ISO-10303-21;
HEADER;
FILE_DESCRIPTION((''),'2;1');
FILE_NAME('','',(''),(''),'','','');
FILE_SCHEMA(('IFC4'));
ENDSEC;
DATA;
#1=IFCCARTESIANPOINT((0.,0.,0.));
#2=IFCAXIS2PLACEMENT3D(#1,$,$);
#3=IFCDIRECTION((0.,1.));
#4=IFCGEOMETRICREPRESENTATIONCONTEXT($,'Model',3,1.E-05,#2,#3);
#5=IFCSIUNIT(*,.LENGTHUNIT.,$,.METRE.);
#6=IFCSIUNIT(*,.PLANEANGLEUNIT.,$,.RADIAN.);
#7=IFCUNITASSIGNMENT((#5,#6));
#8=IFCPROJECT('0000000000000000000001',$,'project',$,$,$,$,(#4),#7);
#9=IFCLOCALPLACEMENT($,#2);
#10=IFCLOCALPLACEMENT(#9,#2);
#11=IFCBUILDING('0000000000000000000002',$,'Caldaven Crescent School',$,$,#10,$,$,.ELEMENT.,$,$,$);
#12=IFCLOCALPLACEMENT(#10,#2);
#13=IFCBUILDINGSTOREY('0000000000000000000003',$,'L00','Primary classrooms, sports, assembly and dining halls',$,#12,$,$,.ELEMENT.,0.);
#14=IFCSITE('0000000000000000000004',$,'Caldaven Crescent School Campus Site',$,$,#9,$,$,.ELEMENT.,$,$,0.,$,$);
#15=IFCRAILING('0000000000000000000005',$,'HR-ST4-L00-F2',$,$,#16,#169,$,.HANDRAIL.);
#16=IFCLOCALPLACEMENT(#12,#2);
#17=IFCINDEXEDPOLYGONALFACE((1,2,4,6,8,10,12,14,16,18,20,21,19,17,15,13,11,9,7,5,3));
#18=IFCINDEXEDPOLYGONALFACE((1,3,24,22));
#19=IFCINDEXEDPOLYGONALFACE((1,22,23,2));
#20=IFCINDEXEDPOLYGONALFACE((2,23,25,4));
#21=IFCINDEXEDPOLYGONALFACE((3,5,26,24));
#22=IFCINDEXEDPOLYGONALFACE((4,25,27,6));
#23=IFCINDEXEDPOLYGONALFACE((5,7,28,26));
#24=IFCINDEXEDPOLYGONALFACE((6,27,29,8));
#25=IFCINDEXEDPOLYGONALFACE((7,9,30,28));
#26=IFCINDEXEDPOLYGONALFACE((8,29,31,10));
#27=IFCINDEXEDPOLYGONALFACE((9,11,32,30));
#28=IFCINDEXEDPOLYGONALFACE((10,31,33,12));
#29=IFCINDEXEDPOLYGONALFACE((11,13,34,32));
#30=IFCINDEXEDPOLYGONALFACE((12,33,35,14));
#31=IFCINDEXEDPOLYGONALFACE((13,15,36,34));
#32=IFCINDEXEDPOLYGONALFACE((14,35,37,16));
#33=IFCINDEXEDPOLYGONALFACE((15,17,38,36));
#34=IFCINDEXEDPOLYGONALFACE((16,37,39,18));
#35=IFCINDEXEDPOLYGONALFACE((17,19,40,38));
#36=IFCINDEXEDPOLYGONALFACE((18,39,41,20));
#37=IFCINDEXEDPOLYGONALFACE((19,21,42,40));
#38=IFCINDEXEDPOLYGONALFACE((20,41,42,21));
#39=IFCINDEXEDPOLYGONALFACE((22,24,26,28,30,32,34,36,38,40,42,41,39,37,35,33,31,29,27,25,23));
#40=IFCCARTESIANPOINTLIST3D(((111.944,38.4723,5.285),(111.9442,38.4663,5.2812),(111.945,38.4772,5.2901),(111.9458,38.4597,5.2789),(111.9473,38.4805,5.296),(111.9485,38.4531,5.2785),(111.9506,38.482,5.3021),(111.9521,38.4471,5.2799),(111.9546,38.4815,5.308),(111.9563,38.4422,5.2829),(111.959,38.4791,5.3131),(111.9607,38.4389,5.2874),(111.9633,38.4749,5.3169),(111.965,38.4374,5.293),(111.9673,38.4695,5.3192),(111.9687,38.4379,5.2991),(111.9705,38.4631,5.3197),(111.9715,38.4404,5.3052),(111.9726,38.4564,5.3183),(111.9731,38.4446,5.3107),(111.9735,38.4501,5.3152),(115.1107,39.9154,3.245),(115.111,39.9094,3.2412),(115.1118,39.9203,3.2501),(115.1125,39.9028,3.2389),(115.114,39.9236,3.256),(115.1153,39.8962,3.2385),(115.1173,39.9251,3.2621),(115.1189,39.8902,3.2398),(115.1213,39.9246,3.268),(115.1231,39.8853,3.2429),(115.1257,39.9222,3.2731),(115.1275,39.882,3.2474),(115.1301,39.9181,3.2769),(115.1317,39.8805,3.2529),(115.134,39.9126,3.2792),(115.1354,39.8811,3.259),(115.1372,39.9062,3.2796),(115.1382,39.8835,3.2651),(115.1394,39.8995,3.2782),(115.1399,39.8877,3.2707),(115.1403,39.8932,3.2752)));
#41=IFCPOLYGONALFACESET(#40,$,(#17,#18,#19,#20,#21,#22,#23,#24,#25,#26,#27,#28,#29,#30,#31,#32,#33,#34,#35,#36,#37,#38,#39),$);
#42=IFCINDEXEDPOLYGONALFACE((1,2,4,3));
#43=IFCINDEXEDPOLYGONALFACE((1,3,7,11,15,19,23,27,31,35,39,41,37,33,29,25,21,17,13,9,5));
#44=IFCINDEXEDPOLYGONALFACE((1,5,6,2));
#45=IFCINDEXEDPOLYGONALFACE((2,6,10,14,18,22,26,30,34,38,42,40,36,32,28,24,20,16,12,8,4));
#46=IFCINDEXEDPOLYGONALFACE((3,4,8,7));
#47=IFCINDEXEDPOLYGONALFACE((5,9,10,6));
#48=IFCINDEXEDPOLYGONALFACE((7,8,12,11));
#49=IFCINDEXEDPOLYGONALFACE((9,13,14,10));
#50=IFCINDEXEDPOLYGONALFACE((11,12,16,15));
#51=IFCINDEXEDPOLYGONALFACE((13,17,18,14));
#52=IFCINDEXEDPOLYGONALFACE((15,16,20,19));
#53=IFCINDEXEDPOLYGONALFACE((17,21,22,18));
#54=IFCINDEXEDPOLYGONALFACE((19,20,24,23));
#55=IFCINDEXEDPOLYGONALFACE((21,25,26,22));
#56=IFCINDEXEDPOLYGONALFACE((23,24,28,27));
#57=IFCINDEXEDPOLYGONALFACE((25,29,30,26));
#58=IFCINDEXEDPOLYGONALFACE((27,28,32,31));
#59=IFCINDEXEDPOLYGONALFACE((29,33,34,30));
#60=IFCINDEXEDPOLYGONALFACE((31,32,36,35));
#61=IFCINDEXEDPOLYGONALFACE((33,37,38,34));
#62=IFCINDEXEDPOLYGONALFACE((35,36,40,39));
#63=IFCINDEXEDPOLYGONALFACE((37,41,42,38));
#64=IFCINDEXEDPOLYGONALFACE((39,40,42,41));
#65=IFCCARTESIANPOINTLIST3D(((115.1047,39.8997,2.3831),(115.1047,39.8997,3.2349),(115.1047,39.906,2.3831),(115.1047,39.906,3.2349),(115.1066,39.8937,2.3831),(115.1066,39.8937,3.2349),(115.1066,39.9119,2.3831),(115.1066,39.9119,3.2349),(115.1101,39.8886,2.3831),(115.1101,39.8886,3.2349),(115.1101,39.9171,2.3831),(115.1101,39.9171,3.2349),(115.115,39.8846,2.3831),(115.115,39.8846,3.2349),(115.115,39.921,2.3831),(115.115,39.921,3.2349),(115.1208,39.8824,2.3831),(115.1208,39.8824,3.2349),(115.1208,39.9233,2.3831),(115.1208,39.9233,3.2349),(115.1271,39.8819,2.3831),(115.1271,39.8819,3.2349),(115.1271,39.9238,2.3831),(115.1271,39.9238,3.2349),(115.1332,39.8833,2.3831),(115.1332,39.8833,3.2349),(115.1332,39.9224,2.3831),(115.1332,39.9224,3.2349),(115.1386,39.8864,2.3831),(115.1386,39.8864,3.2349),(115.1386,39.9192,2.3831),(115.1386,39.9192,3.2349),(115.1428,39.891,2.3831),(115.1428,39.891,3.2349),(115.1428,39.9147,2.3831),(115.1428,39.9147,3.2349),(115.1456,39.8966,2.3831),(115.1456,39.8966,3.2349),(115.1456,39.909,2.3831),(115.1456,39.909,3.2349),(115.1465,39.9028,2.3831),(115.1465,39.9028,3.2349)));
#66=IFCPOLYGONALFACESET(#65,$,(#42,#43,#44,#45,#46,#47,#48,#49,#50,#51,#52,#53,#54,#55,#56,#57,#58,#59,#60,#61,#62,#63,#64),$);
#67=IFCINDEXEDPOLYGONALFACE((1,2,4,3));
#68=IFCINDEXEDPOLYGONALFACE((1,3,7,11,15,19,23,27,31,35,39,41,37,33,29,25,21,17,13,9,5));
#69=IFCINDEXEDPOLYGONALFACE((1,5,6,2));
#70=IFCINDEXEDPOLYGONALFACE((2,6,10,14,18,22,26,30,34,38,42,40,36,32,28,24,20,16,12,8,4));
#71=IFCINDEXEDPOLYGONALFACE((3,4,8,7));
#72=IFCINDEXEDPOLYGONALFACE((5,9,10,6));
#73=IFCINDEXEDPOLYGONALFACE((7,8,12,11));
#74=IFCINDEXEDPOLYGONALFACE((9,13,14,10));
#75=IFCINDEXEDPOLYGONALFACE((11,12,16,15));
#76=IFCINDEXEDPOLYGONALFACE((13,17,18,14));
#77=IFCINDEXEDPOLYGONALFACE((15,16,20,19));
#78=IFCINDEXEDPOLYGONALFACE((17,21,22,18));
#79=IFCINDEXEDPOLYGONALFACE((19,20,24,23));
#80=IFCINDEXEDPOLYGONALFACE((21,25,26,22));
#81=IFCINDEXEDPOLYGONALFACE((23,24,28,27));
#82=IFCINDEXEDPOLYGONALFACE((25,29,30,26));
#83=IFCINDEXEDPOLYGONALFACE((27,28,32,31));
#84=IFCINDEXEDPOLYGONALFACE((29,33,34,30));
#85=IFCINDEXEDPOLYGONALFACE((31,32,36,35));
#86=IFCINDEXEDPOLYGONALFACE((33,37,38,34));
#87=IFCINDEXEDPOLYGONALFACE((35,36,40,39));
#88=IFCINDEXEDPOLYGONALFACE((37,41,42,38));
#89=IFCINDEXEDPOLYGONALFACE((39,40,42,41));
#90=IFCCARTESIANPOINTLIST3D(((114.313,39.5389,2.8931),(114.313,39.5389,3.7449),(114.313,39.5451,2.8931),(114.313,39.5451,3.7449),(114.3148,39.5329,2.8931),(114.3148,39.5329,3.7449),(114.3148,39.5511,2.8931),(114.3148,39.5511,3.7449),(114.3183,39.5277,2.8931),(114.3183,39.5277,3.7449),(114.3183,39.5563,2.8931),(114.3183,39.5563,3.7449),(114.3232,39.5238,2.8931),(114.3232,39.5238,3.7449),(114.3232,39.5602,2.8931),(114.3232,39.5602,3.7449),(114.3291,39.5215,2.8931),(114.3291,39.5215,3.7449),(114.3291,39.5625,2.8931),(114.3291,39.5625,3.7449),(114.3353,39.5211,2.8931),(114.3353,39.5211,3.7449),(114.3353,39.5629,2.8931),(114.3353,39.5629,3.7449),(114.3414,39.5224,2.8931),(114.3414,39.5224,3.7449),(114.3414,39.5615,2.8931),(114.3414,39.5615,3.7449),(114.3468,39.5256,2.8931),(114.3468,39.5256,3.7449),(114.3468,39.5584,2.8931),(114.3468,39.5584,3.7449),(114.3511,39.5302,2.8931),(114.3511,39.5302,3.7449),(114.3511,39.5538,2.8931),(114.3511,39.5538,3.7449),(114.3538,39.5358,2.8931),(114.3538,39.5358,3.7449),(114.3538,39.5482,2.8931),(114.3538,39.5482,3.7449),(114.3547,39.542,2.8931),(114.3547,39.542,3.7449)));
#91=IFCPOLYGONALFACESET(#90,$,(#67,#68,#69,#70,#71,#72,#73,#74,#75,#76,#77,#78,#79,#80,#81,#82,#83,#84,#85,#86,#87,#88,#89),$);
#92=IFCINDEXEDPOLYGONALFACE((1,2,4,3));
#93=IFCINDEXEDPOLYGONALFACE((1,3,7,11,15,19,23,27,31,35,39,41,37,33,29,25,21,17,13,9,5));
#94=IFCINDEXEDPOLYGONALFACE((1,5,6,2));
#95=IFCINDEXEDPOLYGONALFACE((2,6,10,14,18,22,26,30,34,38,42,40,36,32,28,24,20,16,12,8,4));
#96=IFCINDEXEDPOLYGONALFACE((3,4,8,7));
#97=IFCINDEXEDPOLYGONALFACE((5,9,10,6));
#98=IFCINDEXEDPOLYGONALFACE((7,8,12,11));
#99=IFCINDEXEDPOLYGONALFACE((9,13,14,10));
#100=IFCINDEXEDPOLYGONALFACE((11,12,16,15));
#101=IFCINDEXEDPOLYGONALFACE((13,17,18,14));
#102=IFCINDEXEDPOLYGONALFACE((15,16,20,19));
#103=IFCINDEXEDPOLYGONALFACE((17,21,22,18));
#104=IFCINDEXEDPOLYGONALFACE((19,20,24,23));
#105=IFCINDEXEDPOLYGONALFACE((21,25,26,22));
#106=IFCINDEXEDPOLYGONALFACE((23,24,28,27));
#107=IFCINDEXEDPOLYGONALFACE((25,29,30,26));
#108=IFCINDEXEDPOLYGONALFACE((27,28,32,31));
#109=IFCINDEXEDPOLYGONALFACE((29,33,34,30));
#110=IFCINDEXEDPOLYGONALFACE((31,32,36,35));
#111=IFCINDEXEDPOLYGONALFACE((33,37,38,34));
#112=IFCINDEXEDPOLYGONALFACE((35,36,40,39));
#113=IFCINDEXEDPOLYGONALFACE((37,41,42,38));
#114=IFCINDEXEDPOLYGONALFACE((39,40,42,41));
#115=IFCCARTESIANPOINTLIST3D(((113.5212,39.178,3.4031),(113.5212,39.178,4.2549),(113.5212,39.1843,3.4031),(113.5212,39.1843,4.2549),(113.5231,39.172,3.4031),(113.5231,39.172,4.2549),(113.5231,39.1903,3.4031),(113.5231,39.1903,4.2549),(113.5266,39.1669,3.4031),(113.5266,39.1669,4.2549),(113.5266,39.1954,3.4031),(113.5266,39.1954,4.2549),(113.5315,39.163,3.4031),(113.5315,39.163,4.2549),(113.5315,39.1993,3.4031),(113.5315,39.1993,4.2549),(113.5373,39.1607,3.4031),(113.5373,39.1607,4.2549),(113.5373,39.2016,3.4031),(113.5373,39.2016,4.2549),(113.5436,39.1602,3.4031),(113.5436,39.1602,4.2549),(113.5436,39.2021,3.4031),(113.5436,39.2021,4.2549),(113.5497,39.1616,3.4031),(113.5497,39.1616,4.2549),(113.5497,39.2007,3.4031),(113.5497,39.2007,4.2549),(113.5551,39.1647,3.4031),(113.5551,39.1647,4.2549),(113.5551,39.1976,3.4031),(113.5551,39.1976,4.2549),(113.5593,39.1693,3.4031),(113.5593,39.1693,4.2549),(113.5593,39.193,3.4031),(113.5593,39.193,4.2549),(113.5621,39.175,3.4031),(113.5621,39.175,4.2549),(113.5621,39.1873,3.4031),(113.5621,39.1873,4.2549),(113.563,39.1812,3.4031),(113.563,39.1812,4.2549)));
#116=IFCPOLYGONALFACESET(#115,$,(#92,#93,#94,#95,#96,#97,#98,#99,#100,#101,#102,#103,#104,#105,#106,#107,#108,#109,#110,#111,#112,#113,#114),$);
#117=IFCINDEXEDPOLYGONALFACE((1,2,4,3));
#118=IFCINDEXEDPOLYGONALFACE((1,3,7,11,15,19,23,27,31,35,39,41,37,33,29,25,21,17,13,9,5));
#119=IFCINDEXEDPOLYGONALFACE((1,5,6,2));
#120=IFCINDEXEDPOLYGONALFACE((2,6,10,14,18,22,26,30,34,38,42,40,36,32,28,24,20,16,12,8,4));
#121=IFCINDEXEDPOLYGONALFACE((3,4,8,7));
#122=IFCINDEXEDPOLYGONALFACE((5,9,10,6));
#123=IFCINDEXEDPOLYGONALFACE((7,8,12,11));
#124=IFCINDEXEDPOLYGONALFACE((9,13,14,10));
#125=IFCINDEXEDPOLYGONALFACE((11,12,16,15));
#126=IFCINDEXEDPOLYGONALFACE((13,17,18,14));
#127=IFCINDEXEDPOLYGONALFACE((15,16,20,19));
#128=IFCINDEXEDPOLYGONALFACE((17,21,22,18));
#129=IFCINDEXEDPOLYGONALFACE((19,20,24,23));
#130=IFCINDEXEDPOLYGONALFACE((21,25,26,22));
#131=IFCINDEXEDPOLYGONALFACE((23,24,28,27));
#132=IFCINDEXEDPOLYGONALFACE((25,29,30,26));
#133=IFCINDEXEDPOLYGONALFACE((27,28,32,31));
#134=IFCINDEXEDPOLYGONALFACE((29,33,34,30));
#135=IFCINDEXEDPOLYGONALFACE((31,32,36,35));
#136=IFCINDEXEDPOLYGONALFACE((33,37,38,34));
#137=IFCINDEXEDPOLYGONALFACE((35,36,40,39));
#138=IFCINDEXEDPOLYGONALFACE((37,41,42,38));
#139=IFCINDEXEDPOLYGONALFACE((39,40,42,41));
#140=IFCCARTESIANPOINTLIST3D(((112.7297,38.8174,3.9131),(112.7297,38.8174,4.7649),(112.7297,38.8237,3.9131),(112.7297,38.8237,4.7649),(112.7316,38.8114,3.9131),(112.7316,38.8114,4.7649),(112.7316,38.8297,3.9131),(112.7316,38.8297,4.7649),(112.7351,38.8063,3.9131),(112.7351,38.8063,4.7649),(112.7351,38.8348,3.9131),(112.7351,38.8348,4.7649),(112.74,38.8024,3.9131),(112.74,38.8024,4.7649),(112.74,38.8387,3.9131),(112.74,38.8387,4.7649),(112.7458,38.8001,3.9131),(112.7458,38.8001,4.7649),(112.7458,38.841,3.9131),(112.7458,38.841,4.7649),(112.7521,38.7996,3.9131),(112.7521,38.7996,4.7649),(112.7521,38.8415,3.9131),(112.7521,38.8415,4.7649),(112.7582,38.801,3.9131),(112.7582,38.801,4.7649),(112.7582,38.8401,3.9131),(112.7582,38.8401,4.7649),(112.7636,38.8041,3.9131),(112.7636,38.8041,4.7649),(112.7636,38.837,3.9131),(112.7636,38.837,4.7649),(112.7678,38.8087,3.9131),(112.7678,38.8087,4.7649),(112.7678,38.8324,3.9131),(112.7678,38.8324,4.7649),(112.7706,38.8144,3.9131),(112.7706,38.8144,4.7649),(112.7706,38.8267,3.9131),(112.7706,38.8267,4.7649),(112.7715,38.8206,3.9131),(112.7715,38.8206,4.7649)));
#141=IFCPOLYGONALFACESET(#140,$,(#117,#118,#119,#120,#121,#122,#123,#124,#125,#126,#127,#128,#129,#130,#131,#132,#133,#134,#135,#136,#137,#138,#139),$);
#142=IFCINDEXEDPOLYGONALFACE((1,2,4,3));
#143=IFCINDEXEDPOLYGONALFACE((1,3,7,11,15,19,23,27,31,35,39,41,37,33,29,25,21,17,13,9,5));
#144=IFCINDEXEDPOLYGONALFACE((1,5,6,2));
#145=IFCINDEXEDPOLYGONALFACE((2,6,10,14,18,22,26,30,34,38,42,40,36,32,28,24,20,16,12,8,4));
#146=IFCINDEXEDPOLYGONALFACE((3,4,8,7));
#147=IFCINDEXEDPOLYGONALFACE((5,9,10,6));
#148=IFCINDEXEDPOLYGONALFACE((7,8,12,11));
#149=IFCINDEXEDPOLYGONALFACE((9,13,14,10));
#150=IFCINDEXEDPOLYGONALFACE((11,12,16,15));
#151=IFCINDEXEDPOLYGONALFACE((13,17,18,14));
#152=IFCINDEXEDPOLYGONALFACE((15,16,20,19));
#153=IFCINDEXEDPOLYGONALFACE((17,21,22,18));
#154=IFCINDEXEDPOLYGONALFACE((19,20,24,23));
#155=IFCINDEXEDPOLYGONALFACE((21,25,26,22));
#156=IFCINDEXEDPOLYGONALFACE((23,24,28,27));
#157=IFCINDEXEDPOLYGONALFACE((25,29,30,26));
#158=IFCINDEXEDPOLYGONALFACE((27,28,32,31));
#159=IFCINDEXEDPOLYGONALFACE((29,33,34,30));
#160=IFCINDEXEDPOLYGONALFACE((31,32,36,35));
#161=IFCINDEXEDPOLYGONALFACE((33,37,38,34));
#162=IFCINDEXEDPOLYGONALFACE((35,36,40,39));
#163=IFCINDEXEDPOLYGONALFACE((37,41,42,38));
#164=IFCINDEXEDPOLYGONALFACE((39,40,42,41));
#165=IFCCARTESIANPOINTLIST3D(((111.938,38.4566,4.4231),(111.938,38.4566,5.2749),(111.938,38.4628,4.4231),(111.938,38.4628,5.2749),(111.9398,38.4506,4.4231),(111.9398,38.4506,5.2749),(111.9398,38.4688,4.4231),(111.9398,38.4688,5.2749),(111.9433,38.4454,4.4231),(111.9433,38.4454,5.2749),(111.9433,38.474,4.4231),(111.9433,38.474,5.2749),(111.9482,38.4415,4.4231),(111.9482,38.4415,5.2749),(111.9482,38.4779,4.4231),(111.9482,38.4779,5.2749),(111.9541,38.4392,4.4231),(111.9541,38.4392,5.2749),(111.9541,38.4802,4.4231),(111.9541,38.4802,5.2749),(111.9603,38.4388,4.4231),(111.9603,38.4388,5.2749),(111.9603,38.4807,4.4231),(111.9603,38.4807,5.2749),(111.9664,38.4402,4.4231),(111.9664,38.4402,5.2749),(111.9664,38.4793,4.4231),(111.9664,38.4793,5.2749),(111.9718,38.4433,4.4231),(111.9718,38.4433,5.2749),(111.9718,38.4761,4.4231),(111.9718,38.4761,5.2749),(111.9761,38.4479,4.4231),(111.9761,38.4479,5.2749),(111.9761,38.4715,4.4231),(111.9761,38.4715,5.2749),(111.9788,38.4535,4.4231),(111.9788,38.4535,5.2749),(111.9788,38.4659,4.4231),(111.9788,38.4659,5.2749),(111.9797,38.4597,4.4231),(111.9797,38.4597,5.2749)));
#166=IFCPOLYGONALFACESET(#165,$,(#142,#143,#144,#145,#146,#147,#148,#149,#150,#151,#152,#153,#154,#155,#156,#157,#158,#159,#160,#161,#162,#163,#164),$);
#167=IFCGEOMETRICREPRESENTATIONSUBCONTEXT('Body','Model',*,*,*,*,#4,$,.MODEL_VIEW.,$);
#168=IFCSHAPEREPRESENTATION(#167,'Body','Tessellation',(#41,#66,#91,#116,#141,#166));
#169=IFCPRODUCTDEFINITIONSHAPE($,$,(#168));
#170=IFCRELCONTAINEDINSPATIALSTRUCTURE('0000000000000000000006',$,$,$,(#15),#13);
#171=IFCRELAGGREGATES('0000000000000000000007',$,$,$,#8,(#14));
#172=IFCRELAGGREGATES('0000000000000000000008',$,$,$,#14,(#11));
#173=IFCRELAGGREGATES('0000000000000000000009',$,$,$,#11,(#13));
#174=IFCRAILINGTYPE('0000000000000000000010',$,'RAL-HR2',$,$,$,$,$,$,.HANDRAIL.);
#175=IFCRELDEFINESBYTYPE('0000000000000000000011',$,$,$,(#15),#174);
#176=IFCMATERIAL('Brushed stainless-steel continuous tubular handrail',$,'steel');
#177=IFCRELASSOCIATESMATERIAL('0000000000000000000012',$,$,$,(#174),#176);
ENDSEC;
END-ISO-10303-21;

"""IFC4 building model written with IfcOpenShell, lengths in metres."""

from ifc_helpers import new_model, si_unit, direction, frame, origin, origin_2d, place, context, subcontext, project, spatial, circle, extrude, material, type_object, element, save


model = new_model("IFC4")

# Units and contexts
model_context = context("Model", 3, precision=1e-05, world=origin(), true_north=direction((0.0, 1.0)))
body_context = subcontext(model_context, "Body", "Model", "MODEL_VIEW")
ifc_project = project(units=[si_unit("LENGTHUNIT", "METRE"), si_unit("PLANEANGLEUNIT", "RADIAN")], contexts=[model_context])

# Site, building, storey
site_placement = place(None, origin())
site = spatial("IfcSite", under=ifc_project, at=site_placement, Name="Caldaven Crescent School Campus Site", CompositionType="ELEMENT", RefElevation=0.0)
building_placement = place(site_placement, origin())
building = spatial("IfcBuilding", under=site, at=building_placement, Name="Caldaven Crescent School", CompositionType="ELEMENT")
storey_placement = place(building_placement, origin())
storey = spatial("IfcBuildingStorey", under=building, at=storey_placement, Name="L00", Description="Primary classrooms, sports, assembly and dining halls", CompositionType="ELEMENT", Elevation=0.0)

# Railing
ifc_material_1 = material(Name="Brushed stainless-steel continuous tubular handrail", Category="steel")
railing_type = type_object("IfcRailingType", Name="RAL-HR2", PredefinedType="HANDRAIL", material=ifc_material_1)
railing_placement = place(storey_placement, frame((115.1255, 39.9028, 2.3831)))
element("IfcRailing", 1, at=railing_placement, inside=storey, type_object=railing_type, Name="HR-ST4-L00-F2", PredefinedType="HANDRAIL", context=body_context, shape_type="SweptSolid", body=[
    extrude(circle(Radius=0.0239, at=origin_2d()), frame((0.0, 0.0, 0.876), z_axis=(-0.785027, -0.357744, 0.505719), x_axis=(0.41468, -0.909967, 0.0)), (0.0, 0.0, 1.0), 4.0339),
    extrude(circle(Radius=0.021, at=origin_2d()), origin(), (0.0, 0.0, 1.0), 0.8518),
    extrude(circle(Radius=0.021, at=origin_2d()), frame((-0.7917, -0.3608, 0.51)), (0.0, 0.0, 1.0), 0.8518),
    extrude(circle(Radius=0.021, at=origin_2d()), frame((-1.5835, -0.7217, 1.02)), (0.0, 0.0, 1.0), 0.8518),
    extrude(circle(Radius=0.021, at=origin_2d()), frame((-2.375, -1.0823, 1.53)), (0.0, 0.0, 1.0), 0.8518),
    extrude(circle(Radius=0.021, at=origin_2d()), frame((-3.1667, -1.4431, 2.04)), (0.0, 0.0, 1.0), 0.8518),
])

save(model, "model.ifc")
